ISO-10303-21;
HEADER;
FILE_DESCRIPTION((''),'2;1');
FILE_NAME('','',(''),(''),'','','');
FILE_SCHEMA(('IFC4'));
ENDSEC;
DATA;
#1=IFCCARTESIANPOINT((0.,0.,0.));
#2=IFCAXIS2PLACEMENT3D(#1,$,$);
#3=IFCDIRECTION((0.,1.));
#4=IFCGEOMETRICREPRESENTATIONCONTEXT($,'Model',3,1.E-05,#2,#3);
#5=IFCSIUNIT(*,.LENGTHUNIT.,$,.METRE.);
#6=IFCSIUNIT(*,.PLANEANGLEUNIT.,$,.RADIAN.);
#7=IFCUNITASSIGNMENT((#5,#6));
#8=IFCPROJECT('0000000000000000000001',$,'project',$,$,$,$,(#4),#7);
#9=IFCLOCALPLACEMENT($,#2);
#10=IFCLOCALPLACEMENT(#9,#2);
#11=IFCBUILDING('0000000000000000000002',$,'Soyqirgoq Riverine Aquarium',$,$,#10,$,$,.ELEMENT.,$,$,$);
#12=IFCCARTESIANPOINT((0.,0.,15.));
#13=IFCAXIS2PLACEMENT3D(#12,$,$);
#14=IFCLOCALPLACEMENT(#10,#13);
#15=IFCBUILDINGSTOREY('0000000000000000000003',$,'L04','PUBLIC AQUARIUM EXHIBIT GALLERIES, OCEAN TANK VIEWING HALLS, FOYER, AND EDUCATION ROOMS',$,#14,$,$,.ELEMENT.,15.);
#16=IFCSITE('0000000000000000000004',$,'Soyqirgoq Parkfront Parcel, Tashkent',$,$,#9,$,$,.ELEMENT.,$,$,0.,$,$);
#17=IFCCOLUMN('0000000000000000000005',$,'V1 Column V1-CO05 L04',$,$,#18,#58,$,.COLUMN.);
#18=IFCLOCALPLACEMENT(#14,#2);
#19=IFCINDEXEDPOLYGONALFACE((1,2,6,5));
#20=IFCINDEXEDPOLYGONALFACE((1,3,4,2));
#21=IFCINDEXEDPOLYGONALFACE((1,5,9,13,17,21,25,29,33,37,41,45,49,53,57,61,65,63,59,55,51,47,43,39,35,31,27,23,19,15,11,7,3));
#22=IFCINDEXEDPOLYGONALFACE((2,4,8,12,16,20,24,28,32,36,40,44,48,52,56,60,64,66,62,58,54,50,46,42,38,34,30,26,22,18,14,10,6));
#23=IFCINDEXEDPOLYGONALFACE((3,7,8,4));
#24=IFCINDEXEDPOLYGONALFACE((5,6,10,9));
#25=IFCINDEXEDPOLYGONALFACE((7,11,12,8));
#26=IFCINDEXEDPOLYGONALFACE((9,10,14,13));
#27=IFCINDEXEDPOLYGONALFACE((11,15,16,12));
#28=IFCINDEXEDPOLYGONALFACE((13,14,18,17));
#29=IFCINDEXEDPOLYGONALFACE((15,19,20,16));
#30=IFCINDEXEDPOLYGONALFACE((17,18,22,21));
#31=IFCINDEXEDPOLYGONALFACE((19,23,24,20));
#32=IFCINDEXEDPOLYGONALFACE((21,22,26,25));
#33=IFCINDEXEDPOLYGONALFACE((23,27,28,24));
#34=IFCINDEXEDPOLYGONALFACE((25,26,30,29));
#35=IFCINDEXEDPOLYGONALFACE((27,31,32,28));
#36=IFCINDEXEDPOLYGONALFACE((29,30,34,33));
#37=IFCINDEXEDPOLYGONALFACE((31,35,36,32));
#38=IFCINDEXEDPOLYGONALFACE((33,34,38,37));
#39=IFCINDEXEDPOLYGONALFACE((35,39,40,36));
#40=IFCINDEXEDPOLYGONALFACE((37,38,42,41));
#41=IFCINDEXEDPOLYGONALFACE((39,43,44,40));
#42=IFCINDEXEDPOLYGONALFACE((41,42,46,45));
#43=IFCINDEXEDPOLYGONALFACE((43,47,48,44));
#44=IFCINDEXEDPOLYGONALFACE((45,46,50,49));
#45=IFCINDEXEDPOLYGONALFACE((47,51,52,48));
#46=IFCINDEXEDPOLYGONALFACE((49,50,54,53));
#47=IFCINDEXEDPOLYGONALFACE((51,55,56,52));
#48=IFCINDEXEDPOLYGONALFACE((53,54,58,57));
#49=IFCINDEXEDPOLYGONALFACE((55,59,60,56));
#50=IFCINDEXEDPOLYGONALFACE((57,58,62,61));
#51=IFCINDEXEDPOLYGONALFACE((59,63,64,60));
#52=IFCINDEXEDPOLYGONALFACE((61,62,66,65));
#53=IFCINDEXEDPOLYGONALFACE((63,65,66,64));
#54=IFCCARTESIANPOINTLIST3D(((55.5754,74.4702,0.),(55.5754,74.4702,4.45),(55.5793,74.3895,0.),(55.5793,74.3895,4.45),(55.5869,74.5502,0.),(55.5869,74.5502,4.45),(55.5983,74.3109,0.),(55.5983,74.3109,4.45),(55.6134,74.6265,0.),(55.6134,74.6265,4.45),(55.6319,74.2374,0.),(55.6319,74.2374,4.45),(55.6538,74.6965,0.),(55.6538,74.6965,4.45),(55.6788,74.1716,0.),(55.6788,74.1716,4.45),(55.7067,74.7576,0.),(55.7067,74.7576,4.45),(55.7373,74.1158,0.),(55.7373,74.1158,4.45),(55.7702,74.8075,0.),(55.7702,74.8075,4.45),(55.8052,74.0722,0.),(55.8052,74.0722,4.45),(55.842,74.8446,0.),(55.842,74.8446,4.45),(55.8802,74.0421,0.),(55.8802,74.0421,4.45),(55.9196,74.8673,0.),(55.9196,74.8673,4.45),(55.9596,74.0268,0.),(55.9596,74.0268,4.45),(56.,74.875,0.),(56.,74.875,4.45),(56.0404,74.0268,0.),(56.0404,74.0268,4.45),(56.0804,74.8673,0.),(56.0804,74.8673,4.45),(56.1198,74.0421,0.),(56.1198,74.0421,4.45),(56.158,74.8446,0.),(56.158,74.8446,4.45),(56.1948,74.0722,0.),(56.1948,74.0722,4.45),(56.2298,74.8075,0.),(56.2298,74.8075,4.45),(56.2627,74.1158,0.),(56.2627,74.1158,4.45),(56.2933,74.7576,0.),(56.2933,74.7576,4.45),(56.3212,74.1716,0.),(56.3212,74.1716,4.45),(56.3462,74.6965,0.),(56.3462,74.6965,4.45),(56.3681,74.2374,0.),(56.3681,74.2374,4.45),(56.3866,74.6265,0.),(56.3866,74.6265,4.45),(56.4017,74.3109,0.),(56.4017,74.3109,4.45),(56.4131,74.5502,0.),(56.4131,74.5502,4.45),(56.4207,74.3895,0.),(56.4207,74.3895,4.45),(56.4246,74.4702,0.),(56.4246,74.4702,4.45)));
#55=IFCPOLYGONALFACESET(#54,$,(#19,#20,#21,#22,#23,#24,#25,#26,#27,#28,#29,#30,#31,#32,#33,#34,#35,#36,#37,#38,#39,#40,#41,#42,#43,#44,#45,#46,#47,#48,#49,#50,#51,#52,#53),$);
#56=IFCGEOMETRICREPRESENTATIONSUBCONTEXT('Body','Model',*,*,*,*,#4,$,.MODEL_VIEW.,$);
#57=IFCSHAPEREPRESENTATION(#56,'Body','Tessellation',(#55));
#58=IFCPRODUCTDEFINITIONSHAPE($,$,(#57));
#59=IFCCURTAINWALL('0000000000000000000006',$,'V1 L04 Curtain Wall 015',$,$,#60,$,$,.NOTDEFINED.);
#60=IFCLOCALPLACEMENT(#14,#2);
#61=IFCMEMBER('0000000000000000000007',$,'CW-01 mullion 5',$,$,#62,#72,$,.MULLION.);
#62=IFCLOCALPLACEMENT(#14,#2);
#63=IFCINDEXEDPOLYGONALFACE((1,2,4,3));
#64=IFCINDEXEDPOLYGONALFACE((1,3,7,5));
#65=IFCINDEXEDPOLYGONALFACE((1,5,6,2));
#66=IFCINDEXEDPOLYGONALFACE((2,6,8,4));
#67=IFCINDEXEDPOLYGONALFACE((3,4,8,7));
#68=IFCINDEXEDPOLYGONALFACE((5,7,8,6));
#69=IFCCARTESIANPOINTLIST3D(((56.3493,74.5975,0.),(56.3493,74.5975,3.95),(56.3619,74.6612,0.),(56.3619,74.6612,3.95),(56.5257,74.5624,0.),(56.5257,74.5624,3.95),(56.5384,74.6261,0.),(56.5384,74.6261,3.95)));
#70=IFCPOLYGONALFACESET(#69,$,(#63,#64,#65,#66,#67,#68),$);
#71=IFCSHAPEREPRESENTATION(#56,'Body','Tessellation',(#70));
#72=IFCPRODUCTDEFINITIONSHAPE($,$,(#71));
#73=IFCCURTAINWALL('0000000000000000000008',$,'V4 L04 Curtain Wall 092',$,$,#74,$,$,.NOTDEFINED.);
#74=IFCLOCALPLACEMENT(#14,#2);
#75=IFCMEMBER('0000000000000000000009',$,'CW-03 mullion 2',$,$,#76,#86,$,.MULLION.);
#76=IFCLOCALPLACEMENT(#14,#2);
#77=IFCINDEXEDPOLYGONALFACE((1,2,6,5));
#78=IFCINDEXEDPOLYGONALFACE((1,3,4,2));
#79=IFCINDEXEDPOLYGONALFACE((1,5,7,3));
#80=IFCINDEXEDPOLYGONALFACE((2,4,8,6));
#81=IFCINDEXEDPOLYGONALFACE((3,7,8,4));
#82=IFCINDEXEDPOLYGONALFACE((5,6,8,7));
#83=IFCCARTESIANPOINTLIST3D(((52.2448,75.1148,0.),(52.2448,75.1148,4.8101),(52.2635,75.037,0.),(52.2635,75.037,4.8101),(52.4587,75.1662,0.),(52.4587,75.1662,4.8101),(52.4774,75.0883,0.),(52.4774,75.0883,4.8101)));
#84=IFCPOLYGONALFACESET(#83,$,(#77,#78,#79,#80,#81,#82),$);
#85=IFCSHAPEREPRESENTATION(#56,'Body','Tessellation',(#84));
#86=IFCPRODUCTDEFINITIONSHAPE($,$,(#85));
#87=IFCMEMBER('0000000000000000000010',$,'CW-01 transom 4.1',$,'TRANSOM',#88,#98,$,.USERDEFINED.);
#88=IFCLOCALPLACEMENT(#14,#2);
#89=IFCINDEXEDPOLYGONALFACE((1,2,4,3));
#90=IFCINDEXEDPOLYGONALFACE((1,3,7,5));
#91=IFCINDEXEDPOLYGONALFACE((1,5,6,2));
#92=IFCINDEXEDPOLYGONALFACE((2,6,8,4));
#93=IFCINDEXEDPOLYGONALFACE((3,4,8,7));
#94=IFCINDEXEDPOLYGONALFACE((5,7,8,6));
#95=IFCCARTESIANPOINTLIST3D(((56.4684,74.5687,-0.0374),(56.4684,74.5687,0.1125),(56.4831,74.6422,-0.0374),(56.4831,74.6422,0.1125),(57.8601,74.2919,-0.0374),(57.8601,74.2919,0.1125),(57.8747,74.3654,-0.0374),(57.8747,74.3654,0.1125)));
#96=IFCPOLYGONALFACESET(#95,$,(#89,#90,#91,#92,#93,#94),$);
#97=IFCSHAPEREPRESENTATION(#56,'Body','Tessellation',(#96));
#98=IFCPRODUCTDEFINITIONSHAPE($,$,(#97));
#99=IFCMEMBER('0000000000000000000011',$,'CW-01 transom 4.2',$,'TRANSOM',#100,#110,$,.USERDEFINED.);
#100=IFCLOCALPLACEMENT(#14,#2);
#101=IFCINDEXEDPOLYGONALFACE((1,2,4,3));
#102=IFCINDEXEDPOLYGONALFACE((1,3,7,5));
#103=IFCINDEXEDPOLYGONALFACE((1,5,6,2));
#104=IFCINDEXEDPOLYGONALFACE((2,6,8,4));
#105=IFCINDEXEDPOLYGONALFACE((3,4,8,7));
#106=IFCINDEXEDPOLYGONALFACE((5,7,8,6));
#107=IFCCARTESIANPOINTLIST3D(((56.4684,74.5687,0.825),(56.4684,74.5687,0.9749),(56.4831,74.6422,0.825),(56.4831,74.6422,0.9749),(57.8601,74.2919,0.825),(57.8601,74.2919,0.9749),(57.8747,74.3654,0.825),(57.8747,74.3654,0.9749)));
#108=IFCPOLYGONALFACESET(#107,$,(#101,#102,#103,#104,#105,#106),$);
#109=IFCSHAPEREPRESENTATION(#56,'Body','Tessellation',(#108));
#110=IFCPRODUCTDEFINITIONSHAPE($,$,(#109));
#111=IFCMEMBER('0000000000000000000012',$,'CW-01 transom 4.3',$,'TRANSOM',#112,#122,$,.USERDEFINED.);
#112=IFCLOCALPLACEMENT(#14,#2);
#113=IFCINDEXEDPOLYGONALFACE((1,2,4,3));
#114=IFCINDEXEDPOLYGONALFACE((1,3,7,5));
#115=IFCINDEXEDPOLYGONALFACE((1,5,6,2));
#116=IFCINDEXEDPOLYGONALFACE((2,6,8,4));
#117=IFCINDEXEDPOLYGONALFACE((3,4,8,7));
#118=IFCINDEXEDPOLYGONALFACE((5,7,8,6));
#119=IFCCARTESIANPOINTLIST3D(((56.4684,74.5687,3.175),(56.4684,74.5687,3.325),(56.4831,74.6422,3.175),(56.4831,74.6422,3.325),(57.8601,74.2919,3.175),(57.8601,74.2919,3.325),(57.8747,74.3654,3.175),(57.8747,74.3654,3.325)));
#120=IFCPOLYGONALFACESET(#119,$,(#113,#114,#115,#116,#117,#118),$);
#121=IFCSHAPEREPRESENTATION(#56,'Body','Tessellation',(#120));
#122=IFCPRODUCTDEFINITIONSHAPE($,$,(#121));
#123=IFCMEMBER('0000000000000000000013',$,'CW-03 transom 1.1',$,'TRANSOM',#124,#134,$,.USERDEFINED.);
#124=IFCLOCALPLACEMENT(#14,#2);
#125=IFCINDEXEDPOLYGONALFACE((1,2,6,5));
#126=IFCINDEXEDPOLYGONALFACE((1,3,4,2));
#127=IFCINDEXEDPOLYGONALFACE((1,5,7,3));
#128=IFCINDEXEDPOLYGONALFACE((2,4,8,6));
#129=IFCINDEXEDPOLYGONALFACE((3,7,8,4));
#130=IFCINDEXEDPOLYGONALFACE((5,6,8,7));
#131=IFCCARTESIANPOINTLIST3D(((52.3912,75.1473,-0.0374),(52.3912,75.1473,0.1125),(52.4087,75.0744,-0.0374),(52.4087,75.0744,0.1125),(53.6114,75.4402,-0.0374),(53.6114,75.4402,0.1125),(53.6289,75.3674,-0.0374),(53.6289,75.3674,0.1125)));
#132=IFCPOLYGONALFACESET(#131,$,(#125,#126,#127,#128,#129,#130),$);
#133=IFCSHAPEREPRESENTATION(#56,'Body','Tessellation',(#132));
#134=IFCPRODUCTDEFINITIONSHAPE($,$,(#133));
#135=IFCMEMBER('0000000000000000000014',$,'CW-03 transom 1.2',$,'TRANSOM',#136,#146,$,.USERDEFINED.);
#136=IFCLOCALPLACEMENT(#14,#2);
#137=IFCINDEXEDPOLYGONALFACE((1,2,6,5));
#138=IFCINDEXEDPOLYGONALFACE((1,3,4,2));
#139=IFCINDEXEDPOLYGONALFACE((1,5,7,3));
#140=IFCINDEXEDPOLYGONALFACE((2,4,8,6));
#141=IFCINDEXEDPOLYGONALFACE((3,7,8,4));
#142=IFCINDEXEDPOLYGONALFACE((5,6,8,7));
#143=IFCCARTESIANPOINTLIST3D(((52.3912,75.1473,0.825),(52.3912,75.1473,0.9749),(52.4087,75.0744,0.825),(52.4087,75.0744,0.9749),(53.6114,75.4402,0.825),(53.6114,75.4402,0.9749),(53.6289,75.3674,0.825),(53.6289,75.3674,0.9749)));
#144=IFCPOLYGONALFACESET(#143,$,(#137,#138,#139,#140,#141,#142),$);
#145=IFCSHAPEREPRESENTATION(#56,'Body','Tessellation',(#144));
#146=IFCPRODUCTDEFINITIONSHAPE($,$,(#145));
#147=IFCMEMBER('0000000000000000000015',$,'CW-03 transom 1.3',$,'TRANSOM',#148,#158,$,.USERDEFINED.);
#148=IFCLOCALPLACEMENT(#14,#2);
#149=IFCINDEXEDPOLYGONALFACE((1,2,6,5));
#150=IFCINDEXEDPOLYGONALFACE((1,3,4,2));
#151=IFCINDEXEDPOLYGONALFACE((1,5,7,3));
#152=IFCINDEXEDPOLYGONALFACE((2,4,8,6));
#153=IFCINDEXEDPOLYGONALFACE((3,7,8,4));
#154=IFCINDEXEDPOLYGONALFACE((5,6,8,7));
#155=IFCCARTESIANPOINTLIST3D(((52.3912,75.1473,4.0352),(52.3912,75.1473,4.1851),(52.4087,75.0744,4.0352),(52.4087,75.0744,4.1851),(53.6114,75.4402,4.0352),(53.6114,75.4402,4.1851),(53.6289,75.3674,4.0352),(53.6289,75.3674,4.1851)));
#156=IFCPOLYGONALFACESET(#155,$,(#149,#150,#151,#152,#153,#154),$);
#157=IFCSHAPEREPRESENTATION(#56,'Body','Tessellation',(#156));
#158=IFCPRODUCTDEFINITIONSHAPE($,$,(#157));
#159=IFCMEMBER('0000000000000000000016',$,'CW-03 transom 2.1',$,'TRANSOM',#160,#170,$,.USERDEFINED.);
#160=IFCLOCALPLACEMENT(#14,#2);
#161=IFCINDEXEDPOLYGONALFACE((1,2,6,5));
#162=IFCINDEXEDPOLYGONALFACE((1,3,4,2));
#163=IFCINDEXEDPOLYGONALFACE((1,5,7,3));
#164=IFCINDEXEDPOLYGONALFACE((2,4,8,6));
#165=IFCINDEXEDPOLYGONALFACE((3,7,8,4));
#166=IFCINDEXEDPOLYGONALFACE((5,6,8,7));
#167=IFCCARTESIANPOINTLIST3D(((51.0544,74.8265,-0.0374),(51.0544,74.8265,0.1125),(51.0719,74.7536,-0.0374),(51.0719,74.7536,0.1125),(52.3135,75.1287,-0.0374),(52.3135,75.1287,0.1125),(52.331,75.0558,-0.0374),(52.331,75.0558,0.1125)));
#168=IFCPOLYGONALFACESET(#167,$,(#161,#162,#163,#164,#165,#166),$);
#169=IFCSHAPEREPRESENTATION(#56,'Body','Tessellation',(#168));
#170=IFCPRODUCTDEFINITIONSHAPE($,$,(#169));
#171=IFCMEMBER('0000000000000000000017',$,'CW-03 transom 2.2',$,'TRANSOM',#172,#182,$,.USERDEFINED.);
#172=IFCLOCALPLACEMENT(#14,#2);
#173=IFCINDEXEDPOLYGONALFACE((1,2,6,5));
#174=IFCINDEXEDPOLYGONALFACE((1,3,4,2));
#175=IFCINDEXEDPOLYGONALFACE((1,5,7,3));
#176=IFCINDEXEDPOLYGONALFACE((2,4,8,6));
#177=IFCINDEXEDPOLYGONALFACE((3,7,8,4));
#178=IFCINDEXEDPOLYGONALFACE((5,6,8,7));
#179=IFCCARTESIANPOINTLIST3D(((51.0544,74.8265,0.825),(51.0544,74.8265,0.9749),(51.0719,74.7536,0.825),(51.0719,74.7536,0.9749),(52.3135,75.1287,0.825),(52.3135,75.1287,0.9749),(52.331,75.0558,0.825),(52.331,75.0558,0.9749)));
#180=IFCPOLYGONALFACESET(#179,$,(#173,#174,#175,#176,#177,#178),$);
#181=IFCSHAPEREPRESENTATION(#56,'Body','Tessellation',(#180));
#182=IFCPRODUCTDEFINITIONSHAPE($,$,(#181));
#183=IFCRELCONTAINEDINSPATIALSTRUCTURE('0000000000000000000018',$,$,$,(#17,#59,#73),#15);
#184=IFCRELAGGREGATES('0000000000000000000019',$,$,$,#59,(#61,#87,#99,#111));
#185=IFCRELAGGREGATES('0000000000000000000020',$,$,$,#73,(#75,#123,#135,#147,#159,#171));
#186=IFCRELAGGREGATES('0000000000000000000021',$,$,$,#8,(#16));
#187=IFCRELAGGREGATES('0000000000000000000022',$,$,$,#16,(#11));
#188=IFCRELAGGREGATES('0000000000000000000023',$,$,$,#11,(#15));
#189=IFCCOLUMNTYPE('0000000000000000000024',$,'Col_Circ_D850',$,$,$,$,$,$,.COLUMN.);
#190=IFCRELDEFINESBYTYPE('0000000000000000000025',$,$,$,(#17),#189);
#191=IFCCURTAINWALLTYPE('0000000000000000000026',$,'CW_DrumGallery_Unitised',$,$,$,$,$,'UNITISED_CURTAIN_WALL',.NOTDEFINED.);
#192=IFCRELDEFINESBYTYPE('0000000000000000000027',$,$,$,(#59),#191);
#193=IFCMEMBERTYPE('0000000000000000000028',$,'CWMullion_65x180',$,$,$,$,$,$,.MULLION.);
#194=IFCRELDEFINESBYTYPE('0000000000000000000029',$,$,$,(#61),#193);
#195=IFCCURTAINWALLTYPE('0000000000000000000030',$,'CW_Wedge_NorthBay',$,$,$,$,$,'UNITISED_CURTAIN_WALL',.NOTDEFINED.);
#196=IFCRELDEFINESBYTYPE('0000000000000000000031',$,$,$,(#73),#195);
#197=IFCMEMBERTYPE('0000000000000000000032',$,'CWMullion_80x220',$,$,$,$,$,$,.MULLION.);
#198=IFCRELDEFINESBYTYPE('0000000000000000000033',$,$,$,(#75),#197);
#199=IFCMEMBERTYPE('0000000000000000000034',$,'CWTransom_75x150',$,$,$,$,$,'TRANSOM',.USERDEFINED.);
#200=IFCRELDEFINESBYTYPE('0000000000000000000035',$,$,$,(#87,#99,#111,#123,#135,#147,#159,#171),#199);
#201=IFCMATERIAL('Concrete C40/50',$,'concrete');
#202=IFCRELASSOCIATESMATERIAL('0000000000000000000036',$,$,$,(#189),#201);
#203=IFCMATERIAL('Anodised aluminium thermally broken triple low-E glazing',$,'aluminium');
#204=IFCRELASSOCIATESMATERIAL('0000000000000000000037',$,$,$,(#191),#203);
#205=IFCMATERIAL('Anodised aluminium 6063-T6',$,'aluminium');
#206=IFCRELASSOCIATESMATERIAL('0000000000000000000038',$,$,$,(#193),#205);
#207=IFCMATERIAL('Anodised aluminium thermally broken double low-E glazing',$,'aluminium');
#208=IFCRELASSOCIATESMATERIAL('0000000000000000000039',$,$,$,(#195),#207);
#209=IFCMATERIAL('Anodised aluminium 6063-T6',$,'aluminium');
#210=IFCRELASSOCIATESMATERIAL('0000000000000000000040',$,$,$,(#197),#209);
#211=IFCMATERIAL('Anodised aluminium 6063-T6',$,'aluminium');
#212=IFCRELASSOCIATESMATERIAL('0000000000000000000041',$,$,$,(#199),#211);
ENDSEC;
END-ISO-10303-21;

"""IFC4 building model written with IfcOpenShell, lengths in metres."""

from ifc_helpers import new_model, si_unit, direction, frame, origin, origin_2d, place, context, subcontext, project, spatial, rectangle, circle, extrude, material, material_profile, profile_set, type_object, element, aggregate, save


model = new_model("IFC4")

# Units and contexts
model_context = context("Model", 3, precision=1e-05, world=origin(), true_north=direction((0.0, 1.0)))
body_context = subcontext(model_context, "Body", "Model", "MODEL_VIEW")
ifc_project = project(units=[si_unit("LENGTHUNIT", "METRE"), si_unit("PLANEANGLEUNIT", "RADIAN")], contexts=[model_context])

# Site, building, storey
site_placement = place(None, origin())
site = spatial("IfcSite", under=ifc_project, at=site_placement, Name="Soyqirgoq Parkfront Parcel, Tashkent", CompositionType="ELEMENT", RefElevation=0.0)
building_placement = place(site_placement, origin())
building = spatial("IfcBuilding", under=site, at=building_placement, Name="Soyqirgoq Riverine Aquarium", CompositionType="ELEMENT")
storey_placement = place(building_placement, frame((0.0, 0.0, 15.0)))
storey = spatial("IfcBuildingStorey", under=building, at=storey_placement, Name="L04", Description="PUBLIC AQUARIUM EXHIBIT GALLERIES, OCEAN TANK VIEWING HALLS, FOYER, AND EDUCATION ROOMS", CompositionType="ELEMENT", Elevation=15.0)

# Column
ifc_material_1 = material(Name="Concrete C40/50", Category="concrete")
ifc_material_profile_1 = material_profile(ifc_material_1, circle(Radius=0.425, at=origin_2d()), Name="RC-COL D850")
ifc_profile_set_1 = profile_set([ifc_material_profile_1], Name="Concrete C40/50")
column_type = type_object("IfcColumnType", Name="Col_Circ_D850", PredefinedType="COLUMN", material=ifc_profile_set_1)
column_placement = place(storey_placement, frame((56.0, 74.45, 0.0), z_axis=(0.0, 0.0, 1.0), x_axis=(0.0, 1.0, 0.0)))
element("IfcColumn", 1, at=column_placement, inside=storey, type_object=column_type, Name="V1 Column V1-CO05 L04", PredefinedType="COLUMN", context=body_context, shape_type="SweptSolid", body=[
    extrude(circle(Radius=0.425, at=origin_2d()), origin(), (0.0, 0.0, 1.0), 4.45),
])

# Curtain walls, members
ifc_material_2 = material(Name="Anodised aluminium thermally broken triple low-E glazing", Category="aluminium")
curtain_wall_type_1 = type_object("IfcCurtainWallType", Name="CW_DrumGallery_Unitised", ElementType="UNITISED_CURTAIN_WALL", PredefinedType="NOTDEFINED", material=ifc_material_2)
curtain_wall_1_placement = place(storey_placement, origin())
curtain_wall_1 = element("IfcCurtainWall", 2, at=curtain_wall_1_placement, inside=storey, type_object=curtain_wall_type_1, Name="V1 L04 Curtain Wall 015", PredefinedType="NOTDEFINED")
ifc_material_3 = material(Name="Anodised aluminium 6063-T6", Category="aluminium")
ifc_material_profile_2 = material_profile(ifc_material_3, rectangle(XDim=0.0649, YDim=0.1799, at=origin_2d()), Name="ALU-M 65x180")
ifc_profile_set_2 = profile_set([ifc_material_profile_2], Name="Anodised aluminium 6063-T6")
member_type_1 = type_object("IfcMemberType", Name="CWMullion_65x180", PredefinedType="MULLION", material=ifc_profile_set_2)
member_1_placement = place(storey_placement, frame((56.4438, 74.6118, 0.0), z_axis=(0.0, 0.0, 1.0), x_axis=(-0.195102, -0.980783, 0.0)))
member_1 = element("IfcMember", 3, at=member_1_placement, type_object=member_type_1, Name="CW-01 mullion 5", PredefinedType="MULLION", context=body_context, shape_type="SweptSolid", body=[
    extrude(rectangle(XDim=0.0649, YDim=0.1799, at=origin_2d()), origin(), (0.0, 0.0, 1.0), 3.95),
])
ifc_material_4 = material(Name="Anodised aluminium thermally broken double low-E glazing", Category="aluminium")
curtain_wall_type_2 = type_object("IfcCurtainWallType", Name="CW_Wedge_NorthBay", ElementType="UNITISED_CURTAIN_WALL", PredefinedType="NOTDEFINED", material=ifc_material_4)
curtain_wall_2_placement = place(storey_placement, origin())
curtain_wall_2 = element("IfcCurtainWall", 4, at=curtain_wall_2_placement, inside=storey, type_object=curtain_wall_type_2, Name="V4 L04 Curtain Wall 092", PredefinedType="NOTDEFINED")
ifc_material_5 = material(Name="Anodised aluminium 6063-T6", Category="aluminium")
ifc_material_profile_3 = material_profile(ifc_material_5, rectangle(XDim=0.0801, YDim=0.22, at=origin_2d()), Name="ALU-M 80x220")
ifc_profile_set_3 = profile_set([ifc_material_profile_3], Name="Anodised aluminium 6063-T6")
member_type_2 = type_object("IfcMemberType", Name="CWMullion_80x220", PredefinedType="MULLION", material=ifc_profile_set_3)
member_2_placement = place(storey_placement, frame((52.3611, 75.1016, 0.0), z_axis=(0.0, 0.0, 1.0), x_axis=(0.233443, -0.972371, 0.0)))
member_2 = element("IfcMember", 5, at=member_2_placement, type_object=member_type_2, Name="CW-03 mullion 2", PredefinedType="MULLION", context=body_context, shape_type="SweptSolid", body=[
    extrude(rectangle(XDim=0.0801, YDim=0.22, at=origin_2d()), origin(), (0.0, 0.0, 1.0), 4.8101),
])

# Members
ifc_material_6 = material(Name="Anodised aluminium 6063-T6", Category="aluminium")
ifc_material_profile_4 = material_profile(ifc_material_6, rectangle(XDim=0.075, YDim=0.1499, at=origin_2d()), Name="ALU-T 75x150")
ifc_profile_set_4 = profile_set([ifc_material_profile_4], Name="Anodised aluminium 6063-T6")
member_type_3 = type_object("IfcMemberType", Name="CWTransom_75x150", ElementType="TRANSOM", PredefinedType="USERDEFINED", material=ifc_profile_set_4)
member_3_placement = place(storey_placement, frame((57.8674, 74.3286, 0.0376), z_axis=(-0.980779, 0.195123, 0.0), x_axis=(-0.195123, -0.980779, 0.0)))
member_3 = element("IfcMember", 6, at=member_3_placement, type_object=member_type_3, Name="CW-01 transom 4.1", ObjectType="TRANSOM", PredefinedType="USERDEFINED", context=body_context, shape_type="SweptSolid", body=[
    extrude(rectangle(XDim=0.075, YDim=0.1499, at=origin_2d()), origin(), (0.0, 0.0, 1.0), 1.4189),
])
member_4_placement = place(storey_placement, frame((57.8674, 74.3286, 0.8999), z_axis=(-0.980779, 0.195123, 0.0), x_axis=(-0.195123, -0.980779, 0.0)))
member_4 = element("IfcMember", 7, at=member_4_placement, type_object=member_type_3, Name="CW-01 transom 4.2", ObjectType="TRANSOM", PredefinedType="USERDEFINED", context=body_context, shape_type="SweptSolid", body=[
    extrude(rectangle(XDim=0.075, YDim=0.1499, at=origin_2d()), origin(), (0.0, 0.0, 1.0), 1.4189),
])
member_5_placement = place(storey_placement, frame((57.8674, 74.3286, 3.25), z_axis=(-0.980779, 0.195123, 0.0), x_axis=(-0.195123, -0.980779, 0.0)))
member_5 = element("IfcMember", 8, at=member_5_placement, type_object=member_type_3, Name="CW-01 transom 4.3", ObjectType="TRANSOM", PredefinedType="USERDEFINED", context=body_context, shape_type="SweptSolid", body=[
    extrude(rectangle(XDim=0.075, YDim=0.1499, at=origin_2d()), origin(), (0.0, 0.0, 1.0), 1.4189),
])
member_6_placement = place(storey_placement, frame((53.6201, 75.4038, 0.0376), z_axis=(-0.972366, -0.233461, 0.0), x_axis=(0.233461, -0.972366, 0.0)))
member_6 = element("IfcMember", 9, at=member_6_placement, type_object=member_type_3, Name="CW-03 transom 1.1", ObjectType="TRANSOM", PredefinedType="USERDEFINED", context=body_context, shape_type="SweptSolid", body=[
    extrude(rectangle(XDim=0.075, YDim=0.1499, at=origin_2d()), origin(), (0.0, 0.0, 1.0), 1.2549),
])
member_7_placement = place(storey_placement, frame((53.6201, 75.4038, 0.8999), z_axis=(-0.972366, -0.233461, 0.0), x_axis=(0.233461, -0.972366, 0.0)))
member_7 = element("IfcMember", 10, at=member_7_placement, type_object=member_type_3, Name="CW-03 transom 1.2", ObjectType="TRANSOM", PredefinedType="USERDEFINED", context=body_context, shape_type="SweptSolid", body=[
    extrude(rectangle(XDim=0.075, YDim=0.1499, at=origin_2d()), origin(), (0.0, 0.0, 1.0), 1.2549),
])
member_8_placement = place(storey_placement, frame((53.6201, 75.4038, 4.1101), z_axis=(-0.972366, -0.233461, 0.0), x_axis=(0.233461, -0.972366, 0.0)))
member_8 = element("IfcMember", 11, at=member_8_placement, type_object=member_type_3, Name="CW-03 transom 1.3", ObjectType="TRANSOM", PredefinedType="USERDEFINED", context=body_context, shape_type="SweptSolid", body=[
    extrude(rectangle(XDim=0.075, YDim=0.1499, at=origin_2d()), origin(), (0.0, 0.0, 1.0), 1.2549),
])
member_9_placement = place(storey_placement, frame((52.3223, 75.0923, 0.0376), z_axis=(-0.972374, -0.23343, 0.0), x_axis=(0.23343, -0.972374, 0.0)))
member_9 = element("IfcMember", 12, at=member_9_placement, type_object=member_type_3, Name="CW-03 transom 2.1", ObjectType="TRANSOM", PredefinedType="USERDEFINED", context=body_context, shape_type="SweptSolid", body=[
    extrude(rectangle(XDim=0.075, YDim=0.1499, at=origin_2d()), origin(), (0.0, 0.0, 1.0), 1.2949),
])
member_10_placement = place(storey_placement, frame((52.3223, 75.0923, 0.8999), z_axis=(-0.972374, -0.23343, 0.0), x_axis=(0.23343, -0.972374, 0.0)))
member_10 = element("IfcMember", 13, at=member_10_placement, type_object=member_type_3, Name="CW-03 transom 2.2", ObjectType="TRANSOM", PredefinedType="USERDEFINED", context=body_context, shape_type="SweptSolid", body=[
    extrude(rectangle(XDim=0.075, YDim=0.1499, at=origin_2d()), origin(), (0.0, 0.0, 1.0), 1.2949),
])

aggregate(curtain_wall_1, [member_1, member_3, member_4, member_5])
aggregate(curtain_wall_2, [member_2, member_6, member_7, member_8, member_9, member_10])

save(model, "model.ifc")
